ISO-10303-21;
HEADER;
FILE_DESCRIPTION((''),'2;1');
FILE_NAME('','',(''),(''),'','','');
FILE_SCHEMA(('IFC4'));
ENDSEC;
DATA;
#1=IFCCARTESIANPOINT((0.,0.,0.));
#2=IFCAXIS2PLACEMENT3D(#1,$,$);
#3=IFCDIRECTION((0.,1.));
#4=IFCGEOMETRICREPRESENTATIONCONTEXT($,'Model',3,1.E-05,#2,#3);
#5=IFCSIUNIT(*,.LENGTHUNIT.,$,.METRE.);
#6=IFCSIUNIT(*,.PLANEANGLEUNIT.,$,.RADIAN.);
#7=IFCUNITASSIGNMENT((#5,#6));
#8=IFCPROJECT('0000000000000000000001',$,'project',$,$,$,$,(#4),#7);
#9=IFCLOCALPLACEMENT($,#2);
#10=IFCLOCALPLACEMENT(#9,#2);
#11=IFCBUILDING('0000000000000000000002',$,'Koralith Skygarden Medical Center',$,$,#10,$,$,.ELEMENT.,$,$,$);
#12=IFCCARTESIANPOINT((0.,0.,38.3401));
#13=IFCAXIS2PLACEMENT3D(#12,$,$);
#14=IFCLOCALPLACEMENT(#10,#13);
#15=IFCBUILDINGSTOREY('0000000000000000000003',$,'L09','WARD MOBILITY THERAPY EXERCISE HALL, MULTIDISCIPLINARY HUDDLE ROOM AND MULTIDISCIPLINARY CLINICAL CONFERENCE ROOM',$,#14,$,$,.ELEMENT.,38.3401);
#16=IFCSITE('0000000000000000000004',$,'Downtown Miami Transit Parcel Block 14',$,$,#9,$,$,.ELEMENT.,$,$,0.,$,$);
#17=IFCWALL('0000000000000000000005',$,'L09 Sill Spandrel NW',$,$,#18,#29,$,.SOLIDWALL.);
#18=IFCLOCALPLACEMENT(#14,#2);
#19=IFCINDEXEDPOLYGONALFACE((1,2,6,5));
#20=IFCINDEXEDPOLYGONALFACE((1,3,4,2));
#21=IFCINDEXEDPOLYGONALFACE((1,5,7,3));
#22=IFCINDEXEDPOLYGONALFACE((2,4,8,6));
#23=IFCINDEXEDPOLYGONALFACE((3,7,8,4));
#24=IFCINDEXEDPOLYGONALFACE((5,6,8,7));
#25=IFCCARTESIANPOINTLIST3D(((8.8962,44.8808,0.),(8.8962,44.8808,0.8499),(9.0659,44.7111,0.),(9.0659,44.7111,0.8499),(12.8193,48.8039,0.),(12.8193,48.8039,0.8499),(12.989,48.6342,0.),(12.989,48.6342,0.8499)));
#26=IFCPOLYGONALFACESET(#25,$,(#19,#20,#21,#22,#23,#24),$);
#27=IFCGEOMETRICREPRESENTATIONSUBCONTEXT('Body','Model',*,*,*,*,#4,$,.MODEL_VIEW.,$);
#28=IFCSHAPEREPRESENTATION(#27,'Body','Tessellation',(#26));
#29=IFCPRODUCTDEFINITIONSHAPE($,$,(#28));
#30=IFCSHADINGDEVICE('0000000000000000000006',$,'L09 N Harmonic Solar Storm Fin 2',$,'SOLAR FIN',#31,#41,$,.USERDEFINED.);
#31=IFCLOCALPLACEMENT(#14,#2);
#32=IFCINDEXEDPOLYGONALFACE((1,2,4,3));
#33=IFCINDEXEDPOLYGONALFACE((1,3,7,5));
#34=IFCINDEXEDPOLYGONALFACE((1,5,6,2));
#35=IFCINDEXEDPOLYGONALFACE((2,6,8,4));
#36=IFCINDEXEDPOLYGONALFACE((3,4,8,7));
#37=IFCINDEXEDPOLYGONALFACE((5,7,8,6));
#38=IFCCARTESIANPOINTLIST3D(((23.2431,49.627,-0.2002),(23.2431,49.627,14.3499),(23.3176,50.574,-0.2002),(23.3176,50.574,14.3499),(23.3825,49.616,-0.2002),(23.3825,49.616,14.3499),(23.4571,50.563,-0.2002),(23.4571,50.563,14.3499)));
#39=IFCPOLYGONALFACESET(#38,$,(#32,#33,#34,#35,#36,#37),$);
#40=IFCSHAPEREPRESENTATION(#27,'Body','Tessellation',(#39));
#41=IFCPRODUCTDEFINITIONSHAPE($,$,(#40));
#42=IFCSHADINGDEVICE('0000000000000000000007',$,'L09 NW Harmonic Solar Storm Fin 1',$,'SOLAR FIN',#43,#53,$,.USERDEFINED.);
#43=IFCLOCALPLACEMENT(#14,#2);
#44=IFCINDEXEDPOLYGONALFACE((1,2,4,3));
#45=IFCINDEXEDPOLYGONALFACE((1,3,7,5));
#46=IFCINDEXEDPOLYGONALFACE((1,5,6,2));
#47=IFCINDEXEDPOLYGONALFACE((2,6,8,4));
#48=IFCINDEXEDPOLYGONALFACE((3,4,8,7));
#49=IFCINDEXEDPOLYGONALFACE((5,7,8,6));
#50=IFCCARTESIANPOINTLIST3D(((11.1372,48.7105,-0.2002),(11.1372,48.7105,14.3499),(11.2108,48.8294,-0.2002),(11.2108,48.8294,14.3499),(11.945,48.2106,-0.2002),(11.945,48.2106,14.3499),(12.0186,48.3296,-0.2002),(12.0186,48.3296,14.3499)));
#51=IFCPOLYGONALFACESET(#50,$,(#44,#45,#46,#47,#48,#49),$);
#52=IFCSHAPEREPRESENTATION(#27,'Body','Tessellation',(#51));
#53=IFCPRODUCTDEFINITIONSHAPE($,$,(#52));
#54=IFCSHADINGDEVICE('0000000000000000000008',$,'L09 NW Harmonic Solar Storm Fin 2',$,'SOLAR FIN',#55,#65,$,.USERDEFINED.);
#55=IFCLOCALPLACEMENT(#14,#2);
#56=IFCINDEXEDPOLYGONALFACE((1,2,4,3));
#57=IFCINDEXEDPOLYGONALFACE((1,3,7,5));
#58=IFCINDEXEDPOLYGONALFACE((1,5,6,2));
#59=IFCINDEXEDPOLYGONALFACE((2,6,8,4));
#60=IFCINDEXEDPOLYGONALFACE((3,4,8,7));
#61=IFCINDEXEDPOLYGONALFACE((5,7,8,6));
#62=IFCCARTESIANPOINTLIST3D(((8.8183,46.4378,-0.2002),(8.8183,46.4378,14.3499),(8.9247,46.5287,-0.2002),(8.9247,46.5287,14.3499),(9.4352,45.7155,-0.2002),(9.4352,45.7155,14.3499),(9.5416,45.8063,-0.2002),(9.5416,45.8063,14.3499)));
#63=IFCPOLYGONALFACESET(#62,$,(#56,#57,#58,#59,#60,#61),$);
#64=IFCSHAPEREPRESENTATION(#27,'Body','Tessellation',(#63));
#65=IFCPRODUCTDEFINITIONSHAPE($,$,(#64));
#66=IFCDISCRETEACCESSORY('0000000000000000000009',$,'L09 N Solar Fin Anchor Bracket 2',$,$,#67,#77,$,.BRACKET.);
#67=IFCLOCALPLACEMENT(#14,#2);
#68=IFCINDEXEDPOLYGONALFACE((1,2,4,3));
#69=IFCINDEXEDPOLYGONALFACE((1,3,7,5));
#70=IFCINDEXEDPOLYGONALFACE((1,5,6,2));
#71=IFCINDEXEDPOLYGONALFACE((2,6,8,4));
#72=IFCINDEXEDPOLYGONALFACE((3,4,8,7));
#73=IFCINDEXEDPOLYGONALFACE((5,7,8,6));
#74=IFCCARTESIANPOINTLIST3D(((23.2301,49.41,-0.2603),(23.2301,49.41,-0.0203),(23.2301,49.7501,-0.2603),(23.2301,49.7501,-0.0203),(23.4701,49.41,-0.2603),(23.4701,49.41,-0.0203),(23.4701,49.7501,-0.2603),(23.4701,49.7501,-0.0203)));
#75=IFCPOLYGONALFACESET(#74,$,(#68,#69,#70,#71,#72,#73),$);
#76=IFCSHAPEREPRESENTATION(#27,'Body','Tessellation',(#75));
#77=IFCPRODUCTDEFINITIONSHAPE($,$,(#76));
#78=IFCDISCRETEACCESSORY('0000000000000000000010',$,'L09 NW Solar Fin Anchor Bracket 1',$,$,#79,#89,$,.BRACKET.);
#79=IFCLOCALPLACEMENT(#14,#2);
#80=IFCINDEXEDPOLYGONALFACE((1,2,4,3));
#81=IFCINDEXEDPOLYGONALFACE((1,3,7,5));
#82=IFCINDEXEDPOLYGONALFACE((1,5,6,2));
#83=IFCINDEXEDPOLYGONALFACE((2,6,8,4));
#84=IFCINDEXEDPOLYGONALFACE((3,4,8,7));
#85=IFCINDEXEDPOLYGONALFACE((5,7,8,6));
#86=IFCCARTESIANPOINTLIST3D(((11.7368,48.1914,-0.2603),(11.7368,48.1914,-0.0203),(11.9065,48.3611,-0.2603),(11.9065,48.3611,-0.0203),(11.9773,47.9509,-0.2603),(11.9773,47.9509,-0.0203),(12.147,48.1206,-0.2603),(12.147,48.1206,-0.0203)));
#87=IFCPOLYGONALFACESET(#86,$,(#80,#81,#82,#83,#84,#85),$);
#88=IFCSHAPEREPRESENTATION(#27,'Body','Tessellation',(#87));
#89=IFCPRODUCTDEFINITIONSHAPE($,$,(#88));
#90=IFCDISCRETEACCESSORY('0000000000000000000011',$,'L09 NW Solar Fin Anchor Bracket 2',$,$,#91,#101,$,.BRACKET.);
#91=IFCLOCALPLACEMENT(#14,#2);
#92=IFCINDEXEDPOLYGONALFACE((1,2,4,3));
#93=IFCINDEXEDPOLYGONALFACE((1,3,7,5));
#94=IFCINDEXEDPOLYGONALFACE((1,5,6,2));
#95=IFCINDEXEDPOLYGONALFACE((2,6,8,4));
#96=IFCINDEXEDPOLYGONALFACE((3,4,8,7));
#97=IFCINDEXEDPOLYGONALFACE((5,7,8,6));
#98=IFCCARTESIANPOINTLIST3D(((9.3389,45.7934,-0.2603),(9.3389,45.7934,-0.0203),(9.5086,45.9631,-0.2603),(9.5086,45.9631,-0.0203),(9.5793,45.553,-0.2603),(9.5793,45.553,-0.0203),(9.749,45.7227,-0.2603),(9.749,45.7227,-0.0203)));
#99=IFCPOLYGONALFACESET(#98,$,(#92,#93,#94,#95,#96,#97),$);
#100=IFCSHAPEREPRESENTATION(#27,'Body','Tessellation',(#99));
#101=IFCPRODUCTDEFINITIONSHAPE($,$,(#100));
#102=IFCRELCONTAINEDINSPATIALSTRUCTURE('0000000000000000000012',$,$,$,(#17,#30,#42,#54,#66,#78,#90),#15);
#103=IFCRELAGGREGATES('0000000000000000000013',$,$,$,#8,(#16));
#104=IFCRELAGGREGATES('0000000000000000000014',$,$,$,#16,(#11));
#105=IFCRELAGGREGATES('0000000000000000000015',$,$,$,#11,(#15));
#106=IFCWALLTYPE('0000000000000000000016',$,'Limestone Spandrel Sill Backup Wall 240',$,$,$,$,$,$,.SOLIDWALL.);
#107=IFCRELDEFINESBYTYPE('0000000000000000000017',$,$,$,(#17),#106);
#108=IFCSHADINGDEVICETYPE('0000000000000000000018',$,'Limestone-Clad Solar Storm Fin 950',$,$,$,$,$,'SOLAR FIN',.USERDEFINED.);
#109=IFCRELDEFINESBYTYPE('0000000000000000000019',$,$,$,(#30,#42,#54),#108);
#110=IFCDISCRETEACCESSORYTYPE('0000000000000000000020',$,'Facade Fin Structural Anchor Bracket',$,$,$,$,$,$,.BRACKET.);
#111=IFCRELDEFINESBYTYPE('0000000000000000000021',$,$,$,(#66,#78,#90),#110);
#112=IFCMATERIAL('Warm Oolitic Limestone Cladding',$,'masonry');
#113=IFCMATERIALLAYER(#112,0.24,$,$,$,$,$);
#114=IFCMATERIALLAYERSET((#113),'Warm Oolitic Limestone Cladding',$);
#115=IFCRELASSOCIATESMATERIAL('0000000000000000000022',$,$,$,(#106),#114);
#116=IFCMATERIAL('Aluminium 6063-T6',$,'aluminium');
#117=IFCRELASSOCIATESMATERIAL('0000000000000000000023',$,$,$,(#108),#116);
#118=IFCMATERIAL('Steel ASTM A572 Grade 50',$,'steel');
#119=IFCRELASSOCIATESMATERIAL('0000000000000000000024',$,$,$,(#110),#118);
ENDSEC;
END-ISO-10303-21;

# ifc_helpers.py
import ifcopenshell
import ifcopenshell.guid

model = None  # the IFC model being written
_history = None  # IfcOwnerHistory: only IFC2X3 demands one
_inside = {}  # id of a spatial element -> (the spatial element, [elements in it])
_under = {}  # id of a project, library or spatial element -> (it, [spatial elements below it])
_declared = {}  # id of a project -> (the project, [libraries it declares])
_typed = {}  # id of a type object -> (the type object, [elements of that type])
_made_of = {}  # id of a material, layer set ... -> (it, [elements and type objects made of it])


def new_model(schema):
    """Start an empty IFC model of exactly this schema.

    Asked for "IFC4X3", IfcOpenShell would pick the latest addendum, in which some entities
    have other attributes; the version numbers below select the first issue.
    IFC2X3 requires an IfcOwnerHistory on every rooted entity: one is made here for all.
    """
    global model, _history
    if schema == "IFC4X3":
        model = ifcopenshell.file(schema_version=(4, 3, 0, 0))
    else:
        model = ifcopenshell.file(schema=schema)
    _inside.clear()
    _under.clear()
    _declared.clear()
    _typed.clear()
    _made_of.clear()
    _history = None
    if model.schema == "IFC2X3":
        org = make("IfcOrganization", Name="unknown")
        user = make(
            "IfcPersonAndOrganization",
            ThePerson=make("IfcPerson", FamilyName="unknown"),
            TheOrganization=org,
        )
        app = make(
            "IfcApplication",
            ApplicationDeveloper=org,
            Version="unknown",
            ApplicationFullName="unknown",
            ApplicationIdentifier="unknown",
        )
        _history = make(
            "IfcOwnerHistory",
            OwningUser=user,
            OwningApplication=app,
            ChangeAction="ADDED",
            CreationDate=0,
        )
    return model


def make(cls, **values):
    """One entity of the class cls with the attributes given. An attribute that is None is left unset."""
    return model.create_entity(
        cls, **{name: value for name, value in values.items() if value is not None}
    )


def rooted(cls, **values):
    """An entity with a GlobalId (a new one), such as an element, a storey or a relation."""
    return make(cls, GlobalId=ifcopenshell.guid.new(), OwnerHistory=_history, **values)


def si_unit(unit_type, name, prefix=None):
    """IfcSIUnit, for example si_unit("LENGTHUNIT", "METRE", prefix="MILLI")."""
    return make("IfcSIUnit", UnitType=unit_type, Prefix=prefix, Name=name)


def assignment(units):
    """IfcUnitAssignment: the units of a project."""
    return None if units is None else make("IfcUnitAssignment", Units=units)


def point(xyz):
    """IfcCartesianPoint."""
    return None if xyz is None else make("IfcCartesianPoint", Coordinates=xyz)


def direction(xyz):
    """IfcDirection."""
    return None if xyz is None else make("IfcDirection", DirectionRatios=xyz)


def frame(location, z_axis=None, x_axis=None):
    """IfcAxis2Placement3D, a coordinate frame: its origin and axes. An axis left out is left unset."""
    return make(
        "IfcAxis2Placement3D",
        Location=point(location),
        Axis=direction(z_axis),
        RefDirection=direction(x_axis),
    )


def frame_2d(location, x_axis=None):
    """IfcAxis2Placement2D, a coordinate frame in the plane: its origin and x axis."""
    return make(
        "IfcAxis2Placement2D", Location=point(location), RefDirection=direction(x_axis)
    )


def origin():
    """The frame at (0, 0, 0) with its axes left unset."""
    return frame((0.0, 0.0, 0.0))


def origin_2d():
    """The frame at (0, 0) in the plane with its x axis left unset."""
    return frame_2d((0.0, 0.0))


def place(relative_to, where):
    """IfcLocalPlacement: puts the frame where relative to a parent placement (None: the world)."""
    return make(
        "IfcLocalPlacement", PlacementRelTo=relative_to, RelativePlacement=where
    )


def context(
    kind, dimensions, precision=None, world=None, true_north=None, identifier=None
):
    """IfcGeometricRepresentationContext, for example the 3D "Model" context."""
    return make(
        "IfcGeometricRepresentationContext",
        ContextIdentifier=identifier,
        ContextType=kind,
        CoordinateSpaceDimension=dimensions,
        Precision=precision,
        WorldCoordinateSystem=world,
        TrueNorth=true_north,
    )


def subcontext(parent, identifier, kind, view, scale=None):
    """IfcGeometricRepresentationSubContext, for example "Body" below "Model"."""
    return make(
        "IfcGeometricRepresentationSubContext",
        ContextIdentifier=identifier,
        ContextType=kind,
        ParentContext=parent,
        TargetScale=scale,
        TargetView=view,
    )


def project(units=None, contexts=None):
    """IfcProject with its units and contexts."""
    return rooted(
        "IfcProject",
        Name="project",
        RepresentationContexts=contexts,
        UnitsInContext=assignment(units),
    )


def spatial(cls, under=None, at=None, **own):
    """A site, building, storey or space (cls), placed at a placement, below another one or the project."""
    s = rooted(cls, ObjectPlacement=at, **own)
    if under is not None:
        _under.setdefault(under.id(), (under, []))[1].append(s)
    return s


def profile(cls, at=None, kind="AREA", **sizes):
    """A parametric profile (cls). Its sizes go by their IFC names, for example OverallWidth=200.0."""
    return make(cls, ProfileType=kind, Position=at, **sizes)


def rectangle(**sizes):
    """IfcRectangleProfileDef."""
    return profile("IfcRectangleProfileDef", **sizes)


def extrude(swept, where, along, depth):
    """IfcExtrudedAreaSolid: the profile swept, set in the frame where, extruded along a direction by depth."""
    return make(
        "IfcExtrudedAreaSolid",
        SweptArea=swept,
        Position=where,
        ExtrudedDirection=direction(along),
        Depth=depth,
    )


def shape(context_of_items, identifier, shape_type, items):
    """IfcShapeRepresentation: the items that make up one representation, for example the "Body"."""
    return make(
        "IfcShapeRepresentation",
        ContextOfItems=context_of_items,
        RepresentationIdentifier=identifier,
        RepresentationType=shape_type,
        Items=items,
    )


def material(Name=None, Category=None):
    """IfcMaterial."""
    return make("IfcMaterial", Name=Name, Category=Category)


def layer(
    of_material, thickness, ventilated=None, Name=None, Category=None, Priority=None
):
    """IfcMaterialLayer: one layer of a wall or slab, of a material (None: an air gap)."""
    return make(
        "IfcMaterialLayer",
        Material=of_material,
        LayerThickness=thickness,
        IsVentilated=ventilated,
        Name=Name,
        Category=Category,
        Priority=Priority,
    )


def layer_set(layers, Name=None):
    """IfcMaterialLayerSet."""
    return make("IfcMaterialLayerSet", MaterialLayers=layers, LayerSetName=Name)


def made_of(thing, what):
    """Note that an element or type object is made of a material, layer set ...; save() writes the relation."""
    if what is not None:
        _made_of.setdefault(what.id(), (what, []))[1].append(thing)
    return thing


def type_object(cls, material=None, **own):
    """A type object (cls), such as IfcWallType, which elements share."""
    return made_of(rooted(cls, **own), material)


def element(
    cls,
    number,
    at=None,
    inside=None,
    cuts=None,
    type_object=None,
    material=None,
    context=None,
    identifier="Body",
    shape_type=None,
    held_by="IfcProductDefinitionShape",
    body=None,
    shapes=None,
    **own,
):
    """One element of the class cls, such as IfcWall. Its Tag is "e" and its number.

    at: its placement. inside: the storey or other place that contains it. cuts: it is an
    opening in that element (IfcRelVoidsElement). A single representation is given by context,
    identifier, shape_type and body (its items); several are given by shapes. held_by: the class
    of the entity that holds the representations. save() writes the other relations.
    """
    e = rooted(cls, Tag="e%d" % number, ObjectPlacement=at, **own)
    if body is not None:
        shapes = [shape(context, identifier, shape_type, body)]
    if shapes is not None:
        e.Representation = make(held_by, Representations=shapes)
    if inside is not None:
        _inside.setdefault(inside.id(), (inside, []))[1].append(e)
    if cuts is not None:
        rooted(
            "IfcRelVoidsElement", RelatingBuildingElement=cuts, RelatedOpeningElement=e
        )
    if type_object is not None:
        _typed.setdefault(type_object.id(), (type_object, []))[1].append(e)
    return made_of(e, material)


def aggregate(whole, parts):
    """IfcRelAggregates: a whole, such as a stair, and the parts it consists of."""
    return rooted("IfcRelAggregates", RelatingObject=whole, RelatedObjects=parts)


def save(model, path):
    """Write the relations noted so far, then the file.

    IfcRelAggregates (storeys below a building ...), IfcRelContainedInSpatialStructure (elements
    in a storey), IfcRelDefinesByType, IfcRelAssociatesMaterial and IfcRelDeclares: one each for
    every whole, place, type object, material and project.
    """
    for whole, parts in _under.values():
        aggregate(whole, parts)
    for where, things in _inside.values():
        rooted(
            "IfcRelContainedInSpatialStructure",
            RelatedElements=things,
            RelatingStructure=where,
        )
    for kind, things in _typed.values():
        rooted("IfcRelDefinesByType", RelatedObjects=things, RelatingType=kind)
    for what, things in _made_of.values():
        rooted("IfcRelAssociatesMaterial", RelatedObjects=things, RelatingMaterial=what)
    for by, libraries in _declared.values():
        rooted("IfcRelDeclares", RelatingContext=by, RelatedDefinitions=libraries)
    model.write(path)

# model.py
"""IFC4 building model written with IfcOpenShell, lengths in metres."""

from ifc_helpers import new_model, si_unit, direction, frame, frame_2d, origin, origin_2d, place, context, subcontext, project, spatial, rectangle, extrude, material, layer, layer_set, type_object, element, save


model = new_model("IFC4")

# Units and contexts
model_context = context("Model", 3, precision=1e-05, world=origin(), true_north=direction((0.0, 1.0)))
body_context = subcontext(model_context, "Body", "Model", "MODEL_VIEW")
ifc_project = project(units=[si_unit("LENGTHUNIT", "METRE"), si_unit("PLANEANGLEUNIT", "RADIAN")], contexts=[model_context])

# Site, building, storey
site_placement = place(None, origin())
site = spatial("IfcSite", under=ifc_project, at=site_placement, Name="Downtown Miami Transit Parcel Block 14", CompositionType="ELEMENT", RefElevation=0.0)
building_placement = place(site_placement, origin())
building = spatial("IfcBuilding", under=site, at=building_placement, Name="Koralith Skygarden Medical Center", CompositionType="ELEMENT")
storey_placement = place(building_placement, frame((0.0, 0.0, 38.3401)))
storey = spatial("IfcBuildingStorey", under=building, at=storey_placement, Name="L09", Description="WARD MOBILITY THERAPY EXERCISE HALL, MULTIDISCIPLINARY HUDDLE ROOM AND MULTIDISCIPLINARY CLINICAL CONFERENCE ROOM", CompositionType="ELEMENT", Elevation=38.3401)

# Shared definitions
ifc_material_1 = material(Name="Aluminium 6063-T6", Category="aluminium")

# Shared definitions
ifc_material_2 = material(Name="Warm Oolitic Limestone Cladding", Category="masonry")

# Wall
ifc_layer_1 = layer(ifc_material_2, 0.24)
ifc_layer_set_1 = layer_set([ifc_layer_1], Name="Warm Oolitic Limestone Cladding")
wall_type = type_object("IfcWallType", Name="Limestone Spandrel Sill Backup Wall 240", PredefinedType="SOLIDWALL", material=ifc_layer_set_1)
wall_placement = place(storey_placement, frame((12.9041, 48.719, 0.0), z_axis=(0.0, 0.0, 1.0), x_axis=(-0.707107, -0.707107, 0.0)))
element("IfcWall", 1, at=wall_placement, inside=storey, type_object=wall_type, Name="L09 Sill Spandrel NW", PredefinedType="SOLIDWALL", context=body_context, shape_type="SweptSolid", body=[
    extrude(rectangle(XDim=5.5481, YDim=0.24, at=frame_2d((2.7739, 0.0))), origin(), (0.0, 0.0, 1.0), 0.8499),
])

# Shading devices
shading_device_type = type_object("IfcShadingDeviceType", Name="Limestone-Clad Solar Storm Fin 950", ElementType="SOLAR FIN", PredefinedType="USERDEFINED", material=ifc_material_1)
for number, where, z_axis, x_axis, name in (
    (2, (23.3501, 50.095, -0.2002), (0.0, 0.0, 1.0), (0.078494, 0.996915, 0.0), "L09 N Harmonic Solar Storm Fin 2"),
    (3, (11.5779, 48.52, -0.2002), (0.0, 0.0, 1.0), (-0.85038, 0.526169, 0.0), "L09 NW Harmonic Solar Storm Fin 1"),
    (4, (9.1799, 46.1221, -0.2002), (0.0, 0.0, 1.0), (-0.649422, 0.760429, 0.0), "L09 NW Harmonic Solar Storm Fin 2"),
):
    element("IfcShadingDevice", number, at=place(storey_placement, frame(where, z_axis=z_axis, x_axis=x_axis)), inside=storey, type_object=shading_device_type, Name=name, ObjectType="SOLAR FIN", PredefinedType="USERDEFINED", context=body_context, shape_type="SweptSolid", body=[
        extrude(rectangle(XDim=0.95, YDim=0.1399, at=origin_2d()), origin(), (0.0, 0.0, 1.0), 14.55),
    ])

# Discrete accessories
ifc_material_3 = material(Name="Steel ASTM A572 Grade 50", Category="steel")
discrete_accessory_type = type_object("IfcDiscreteAccessoryType", Name="Facade Fin Structural Anchor Bracket", PredefinedType="BRACKET", material=ifc_material_3)
for number, where, z_axis, x_axis, name in (
    (5, (23.3501, 49.5801, -0.2603), (0.0, 0.0, 1.0), (0.0, 1.0, 0.0), "L09 N Solar Fin Anchor Bracket 2"),
    (6, (11.9419, 48.156, -0.2603), (0.0, 0.0, 1.0), (-0.707107, 0.707107, 0.0), "L09 NW Solar Fin Anchor Bracket 1"),
    (7, (9.5439, 45.7581, -0.2603), (0.0, 0.0, 1.0), (-0.707107, 0.707107, 0.0), "L09 NW Solar Fin Anchor Bracket 2"),
):
    element("IfcDiscreteAccessory", number, at=place(storey_placement, frame(where, z_axis=z_axis, x_axis=x_axis)), inside=storey, type_object=discrete_accessory_type, Name=name, PredefinedType="BRACKET", context=body_context, shape_type="SweptSolid", body=[
        extrude(rectangle(XDim=0.3401, YDim=0.24, at=origin_2d()), origin(), (0.0, 0.0, 1.0), 0.24),
    ])

save(model, "model.ifc")
